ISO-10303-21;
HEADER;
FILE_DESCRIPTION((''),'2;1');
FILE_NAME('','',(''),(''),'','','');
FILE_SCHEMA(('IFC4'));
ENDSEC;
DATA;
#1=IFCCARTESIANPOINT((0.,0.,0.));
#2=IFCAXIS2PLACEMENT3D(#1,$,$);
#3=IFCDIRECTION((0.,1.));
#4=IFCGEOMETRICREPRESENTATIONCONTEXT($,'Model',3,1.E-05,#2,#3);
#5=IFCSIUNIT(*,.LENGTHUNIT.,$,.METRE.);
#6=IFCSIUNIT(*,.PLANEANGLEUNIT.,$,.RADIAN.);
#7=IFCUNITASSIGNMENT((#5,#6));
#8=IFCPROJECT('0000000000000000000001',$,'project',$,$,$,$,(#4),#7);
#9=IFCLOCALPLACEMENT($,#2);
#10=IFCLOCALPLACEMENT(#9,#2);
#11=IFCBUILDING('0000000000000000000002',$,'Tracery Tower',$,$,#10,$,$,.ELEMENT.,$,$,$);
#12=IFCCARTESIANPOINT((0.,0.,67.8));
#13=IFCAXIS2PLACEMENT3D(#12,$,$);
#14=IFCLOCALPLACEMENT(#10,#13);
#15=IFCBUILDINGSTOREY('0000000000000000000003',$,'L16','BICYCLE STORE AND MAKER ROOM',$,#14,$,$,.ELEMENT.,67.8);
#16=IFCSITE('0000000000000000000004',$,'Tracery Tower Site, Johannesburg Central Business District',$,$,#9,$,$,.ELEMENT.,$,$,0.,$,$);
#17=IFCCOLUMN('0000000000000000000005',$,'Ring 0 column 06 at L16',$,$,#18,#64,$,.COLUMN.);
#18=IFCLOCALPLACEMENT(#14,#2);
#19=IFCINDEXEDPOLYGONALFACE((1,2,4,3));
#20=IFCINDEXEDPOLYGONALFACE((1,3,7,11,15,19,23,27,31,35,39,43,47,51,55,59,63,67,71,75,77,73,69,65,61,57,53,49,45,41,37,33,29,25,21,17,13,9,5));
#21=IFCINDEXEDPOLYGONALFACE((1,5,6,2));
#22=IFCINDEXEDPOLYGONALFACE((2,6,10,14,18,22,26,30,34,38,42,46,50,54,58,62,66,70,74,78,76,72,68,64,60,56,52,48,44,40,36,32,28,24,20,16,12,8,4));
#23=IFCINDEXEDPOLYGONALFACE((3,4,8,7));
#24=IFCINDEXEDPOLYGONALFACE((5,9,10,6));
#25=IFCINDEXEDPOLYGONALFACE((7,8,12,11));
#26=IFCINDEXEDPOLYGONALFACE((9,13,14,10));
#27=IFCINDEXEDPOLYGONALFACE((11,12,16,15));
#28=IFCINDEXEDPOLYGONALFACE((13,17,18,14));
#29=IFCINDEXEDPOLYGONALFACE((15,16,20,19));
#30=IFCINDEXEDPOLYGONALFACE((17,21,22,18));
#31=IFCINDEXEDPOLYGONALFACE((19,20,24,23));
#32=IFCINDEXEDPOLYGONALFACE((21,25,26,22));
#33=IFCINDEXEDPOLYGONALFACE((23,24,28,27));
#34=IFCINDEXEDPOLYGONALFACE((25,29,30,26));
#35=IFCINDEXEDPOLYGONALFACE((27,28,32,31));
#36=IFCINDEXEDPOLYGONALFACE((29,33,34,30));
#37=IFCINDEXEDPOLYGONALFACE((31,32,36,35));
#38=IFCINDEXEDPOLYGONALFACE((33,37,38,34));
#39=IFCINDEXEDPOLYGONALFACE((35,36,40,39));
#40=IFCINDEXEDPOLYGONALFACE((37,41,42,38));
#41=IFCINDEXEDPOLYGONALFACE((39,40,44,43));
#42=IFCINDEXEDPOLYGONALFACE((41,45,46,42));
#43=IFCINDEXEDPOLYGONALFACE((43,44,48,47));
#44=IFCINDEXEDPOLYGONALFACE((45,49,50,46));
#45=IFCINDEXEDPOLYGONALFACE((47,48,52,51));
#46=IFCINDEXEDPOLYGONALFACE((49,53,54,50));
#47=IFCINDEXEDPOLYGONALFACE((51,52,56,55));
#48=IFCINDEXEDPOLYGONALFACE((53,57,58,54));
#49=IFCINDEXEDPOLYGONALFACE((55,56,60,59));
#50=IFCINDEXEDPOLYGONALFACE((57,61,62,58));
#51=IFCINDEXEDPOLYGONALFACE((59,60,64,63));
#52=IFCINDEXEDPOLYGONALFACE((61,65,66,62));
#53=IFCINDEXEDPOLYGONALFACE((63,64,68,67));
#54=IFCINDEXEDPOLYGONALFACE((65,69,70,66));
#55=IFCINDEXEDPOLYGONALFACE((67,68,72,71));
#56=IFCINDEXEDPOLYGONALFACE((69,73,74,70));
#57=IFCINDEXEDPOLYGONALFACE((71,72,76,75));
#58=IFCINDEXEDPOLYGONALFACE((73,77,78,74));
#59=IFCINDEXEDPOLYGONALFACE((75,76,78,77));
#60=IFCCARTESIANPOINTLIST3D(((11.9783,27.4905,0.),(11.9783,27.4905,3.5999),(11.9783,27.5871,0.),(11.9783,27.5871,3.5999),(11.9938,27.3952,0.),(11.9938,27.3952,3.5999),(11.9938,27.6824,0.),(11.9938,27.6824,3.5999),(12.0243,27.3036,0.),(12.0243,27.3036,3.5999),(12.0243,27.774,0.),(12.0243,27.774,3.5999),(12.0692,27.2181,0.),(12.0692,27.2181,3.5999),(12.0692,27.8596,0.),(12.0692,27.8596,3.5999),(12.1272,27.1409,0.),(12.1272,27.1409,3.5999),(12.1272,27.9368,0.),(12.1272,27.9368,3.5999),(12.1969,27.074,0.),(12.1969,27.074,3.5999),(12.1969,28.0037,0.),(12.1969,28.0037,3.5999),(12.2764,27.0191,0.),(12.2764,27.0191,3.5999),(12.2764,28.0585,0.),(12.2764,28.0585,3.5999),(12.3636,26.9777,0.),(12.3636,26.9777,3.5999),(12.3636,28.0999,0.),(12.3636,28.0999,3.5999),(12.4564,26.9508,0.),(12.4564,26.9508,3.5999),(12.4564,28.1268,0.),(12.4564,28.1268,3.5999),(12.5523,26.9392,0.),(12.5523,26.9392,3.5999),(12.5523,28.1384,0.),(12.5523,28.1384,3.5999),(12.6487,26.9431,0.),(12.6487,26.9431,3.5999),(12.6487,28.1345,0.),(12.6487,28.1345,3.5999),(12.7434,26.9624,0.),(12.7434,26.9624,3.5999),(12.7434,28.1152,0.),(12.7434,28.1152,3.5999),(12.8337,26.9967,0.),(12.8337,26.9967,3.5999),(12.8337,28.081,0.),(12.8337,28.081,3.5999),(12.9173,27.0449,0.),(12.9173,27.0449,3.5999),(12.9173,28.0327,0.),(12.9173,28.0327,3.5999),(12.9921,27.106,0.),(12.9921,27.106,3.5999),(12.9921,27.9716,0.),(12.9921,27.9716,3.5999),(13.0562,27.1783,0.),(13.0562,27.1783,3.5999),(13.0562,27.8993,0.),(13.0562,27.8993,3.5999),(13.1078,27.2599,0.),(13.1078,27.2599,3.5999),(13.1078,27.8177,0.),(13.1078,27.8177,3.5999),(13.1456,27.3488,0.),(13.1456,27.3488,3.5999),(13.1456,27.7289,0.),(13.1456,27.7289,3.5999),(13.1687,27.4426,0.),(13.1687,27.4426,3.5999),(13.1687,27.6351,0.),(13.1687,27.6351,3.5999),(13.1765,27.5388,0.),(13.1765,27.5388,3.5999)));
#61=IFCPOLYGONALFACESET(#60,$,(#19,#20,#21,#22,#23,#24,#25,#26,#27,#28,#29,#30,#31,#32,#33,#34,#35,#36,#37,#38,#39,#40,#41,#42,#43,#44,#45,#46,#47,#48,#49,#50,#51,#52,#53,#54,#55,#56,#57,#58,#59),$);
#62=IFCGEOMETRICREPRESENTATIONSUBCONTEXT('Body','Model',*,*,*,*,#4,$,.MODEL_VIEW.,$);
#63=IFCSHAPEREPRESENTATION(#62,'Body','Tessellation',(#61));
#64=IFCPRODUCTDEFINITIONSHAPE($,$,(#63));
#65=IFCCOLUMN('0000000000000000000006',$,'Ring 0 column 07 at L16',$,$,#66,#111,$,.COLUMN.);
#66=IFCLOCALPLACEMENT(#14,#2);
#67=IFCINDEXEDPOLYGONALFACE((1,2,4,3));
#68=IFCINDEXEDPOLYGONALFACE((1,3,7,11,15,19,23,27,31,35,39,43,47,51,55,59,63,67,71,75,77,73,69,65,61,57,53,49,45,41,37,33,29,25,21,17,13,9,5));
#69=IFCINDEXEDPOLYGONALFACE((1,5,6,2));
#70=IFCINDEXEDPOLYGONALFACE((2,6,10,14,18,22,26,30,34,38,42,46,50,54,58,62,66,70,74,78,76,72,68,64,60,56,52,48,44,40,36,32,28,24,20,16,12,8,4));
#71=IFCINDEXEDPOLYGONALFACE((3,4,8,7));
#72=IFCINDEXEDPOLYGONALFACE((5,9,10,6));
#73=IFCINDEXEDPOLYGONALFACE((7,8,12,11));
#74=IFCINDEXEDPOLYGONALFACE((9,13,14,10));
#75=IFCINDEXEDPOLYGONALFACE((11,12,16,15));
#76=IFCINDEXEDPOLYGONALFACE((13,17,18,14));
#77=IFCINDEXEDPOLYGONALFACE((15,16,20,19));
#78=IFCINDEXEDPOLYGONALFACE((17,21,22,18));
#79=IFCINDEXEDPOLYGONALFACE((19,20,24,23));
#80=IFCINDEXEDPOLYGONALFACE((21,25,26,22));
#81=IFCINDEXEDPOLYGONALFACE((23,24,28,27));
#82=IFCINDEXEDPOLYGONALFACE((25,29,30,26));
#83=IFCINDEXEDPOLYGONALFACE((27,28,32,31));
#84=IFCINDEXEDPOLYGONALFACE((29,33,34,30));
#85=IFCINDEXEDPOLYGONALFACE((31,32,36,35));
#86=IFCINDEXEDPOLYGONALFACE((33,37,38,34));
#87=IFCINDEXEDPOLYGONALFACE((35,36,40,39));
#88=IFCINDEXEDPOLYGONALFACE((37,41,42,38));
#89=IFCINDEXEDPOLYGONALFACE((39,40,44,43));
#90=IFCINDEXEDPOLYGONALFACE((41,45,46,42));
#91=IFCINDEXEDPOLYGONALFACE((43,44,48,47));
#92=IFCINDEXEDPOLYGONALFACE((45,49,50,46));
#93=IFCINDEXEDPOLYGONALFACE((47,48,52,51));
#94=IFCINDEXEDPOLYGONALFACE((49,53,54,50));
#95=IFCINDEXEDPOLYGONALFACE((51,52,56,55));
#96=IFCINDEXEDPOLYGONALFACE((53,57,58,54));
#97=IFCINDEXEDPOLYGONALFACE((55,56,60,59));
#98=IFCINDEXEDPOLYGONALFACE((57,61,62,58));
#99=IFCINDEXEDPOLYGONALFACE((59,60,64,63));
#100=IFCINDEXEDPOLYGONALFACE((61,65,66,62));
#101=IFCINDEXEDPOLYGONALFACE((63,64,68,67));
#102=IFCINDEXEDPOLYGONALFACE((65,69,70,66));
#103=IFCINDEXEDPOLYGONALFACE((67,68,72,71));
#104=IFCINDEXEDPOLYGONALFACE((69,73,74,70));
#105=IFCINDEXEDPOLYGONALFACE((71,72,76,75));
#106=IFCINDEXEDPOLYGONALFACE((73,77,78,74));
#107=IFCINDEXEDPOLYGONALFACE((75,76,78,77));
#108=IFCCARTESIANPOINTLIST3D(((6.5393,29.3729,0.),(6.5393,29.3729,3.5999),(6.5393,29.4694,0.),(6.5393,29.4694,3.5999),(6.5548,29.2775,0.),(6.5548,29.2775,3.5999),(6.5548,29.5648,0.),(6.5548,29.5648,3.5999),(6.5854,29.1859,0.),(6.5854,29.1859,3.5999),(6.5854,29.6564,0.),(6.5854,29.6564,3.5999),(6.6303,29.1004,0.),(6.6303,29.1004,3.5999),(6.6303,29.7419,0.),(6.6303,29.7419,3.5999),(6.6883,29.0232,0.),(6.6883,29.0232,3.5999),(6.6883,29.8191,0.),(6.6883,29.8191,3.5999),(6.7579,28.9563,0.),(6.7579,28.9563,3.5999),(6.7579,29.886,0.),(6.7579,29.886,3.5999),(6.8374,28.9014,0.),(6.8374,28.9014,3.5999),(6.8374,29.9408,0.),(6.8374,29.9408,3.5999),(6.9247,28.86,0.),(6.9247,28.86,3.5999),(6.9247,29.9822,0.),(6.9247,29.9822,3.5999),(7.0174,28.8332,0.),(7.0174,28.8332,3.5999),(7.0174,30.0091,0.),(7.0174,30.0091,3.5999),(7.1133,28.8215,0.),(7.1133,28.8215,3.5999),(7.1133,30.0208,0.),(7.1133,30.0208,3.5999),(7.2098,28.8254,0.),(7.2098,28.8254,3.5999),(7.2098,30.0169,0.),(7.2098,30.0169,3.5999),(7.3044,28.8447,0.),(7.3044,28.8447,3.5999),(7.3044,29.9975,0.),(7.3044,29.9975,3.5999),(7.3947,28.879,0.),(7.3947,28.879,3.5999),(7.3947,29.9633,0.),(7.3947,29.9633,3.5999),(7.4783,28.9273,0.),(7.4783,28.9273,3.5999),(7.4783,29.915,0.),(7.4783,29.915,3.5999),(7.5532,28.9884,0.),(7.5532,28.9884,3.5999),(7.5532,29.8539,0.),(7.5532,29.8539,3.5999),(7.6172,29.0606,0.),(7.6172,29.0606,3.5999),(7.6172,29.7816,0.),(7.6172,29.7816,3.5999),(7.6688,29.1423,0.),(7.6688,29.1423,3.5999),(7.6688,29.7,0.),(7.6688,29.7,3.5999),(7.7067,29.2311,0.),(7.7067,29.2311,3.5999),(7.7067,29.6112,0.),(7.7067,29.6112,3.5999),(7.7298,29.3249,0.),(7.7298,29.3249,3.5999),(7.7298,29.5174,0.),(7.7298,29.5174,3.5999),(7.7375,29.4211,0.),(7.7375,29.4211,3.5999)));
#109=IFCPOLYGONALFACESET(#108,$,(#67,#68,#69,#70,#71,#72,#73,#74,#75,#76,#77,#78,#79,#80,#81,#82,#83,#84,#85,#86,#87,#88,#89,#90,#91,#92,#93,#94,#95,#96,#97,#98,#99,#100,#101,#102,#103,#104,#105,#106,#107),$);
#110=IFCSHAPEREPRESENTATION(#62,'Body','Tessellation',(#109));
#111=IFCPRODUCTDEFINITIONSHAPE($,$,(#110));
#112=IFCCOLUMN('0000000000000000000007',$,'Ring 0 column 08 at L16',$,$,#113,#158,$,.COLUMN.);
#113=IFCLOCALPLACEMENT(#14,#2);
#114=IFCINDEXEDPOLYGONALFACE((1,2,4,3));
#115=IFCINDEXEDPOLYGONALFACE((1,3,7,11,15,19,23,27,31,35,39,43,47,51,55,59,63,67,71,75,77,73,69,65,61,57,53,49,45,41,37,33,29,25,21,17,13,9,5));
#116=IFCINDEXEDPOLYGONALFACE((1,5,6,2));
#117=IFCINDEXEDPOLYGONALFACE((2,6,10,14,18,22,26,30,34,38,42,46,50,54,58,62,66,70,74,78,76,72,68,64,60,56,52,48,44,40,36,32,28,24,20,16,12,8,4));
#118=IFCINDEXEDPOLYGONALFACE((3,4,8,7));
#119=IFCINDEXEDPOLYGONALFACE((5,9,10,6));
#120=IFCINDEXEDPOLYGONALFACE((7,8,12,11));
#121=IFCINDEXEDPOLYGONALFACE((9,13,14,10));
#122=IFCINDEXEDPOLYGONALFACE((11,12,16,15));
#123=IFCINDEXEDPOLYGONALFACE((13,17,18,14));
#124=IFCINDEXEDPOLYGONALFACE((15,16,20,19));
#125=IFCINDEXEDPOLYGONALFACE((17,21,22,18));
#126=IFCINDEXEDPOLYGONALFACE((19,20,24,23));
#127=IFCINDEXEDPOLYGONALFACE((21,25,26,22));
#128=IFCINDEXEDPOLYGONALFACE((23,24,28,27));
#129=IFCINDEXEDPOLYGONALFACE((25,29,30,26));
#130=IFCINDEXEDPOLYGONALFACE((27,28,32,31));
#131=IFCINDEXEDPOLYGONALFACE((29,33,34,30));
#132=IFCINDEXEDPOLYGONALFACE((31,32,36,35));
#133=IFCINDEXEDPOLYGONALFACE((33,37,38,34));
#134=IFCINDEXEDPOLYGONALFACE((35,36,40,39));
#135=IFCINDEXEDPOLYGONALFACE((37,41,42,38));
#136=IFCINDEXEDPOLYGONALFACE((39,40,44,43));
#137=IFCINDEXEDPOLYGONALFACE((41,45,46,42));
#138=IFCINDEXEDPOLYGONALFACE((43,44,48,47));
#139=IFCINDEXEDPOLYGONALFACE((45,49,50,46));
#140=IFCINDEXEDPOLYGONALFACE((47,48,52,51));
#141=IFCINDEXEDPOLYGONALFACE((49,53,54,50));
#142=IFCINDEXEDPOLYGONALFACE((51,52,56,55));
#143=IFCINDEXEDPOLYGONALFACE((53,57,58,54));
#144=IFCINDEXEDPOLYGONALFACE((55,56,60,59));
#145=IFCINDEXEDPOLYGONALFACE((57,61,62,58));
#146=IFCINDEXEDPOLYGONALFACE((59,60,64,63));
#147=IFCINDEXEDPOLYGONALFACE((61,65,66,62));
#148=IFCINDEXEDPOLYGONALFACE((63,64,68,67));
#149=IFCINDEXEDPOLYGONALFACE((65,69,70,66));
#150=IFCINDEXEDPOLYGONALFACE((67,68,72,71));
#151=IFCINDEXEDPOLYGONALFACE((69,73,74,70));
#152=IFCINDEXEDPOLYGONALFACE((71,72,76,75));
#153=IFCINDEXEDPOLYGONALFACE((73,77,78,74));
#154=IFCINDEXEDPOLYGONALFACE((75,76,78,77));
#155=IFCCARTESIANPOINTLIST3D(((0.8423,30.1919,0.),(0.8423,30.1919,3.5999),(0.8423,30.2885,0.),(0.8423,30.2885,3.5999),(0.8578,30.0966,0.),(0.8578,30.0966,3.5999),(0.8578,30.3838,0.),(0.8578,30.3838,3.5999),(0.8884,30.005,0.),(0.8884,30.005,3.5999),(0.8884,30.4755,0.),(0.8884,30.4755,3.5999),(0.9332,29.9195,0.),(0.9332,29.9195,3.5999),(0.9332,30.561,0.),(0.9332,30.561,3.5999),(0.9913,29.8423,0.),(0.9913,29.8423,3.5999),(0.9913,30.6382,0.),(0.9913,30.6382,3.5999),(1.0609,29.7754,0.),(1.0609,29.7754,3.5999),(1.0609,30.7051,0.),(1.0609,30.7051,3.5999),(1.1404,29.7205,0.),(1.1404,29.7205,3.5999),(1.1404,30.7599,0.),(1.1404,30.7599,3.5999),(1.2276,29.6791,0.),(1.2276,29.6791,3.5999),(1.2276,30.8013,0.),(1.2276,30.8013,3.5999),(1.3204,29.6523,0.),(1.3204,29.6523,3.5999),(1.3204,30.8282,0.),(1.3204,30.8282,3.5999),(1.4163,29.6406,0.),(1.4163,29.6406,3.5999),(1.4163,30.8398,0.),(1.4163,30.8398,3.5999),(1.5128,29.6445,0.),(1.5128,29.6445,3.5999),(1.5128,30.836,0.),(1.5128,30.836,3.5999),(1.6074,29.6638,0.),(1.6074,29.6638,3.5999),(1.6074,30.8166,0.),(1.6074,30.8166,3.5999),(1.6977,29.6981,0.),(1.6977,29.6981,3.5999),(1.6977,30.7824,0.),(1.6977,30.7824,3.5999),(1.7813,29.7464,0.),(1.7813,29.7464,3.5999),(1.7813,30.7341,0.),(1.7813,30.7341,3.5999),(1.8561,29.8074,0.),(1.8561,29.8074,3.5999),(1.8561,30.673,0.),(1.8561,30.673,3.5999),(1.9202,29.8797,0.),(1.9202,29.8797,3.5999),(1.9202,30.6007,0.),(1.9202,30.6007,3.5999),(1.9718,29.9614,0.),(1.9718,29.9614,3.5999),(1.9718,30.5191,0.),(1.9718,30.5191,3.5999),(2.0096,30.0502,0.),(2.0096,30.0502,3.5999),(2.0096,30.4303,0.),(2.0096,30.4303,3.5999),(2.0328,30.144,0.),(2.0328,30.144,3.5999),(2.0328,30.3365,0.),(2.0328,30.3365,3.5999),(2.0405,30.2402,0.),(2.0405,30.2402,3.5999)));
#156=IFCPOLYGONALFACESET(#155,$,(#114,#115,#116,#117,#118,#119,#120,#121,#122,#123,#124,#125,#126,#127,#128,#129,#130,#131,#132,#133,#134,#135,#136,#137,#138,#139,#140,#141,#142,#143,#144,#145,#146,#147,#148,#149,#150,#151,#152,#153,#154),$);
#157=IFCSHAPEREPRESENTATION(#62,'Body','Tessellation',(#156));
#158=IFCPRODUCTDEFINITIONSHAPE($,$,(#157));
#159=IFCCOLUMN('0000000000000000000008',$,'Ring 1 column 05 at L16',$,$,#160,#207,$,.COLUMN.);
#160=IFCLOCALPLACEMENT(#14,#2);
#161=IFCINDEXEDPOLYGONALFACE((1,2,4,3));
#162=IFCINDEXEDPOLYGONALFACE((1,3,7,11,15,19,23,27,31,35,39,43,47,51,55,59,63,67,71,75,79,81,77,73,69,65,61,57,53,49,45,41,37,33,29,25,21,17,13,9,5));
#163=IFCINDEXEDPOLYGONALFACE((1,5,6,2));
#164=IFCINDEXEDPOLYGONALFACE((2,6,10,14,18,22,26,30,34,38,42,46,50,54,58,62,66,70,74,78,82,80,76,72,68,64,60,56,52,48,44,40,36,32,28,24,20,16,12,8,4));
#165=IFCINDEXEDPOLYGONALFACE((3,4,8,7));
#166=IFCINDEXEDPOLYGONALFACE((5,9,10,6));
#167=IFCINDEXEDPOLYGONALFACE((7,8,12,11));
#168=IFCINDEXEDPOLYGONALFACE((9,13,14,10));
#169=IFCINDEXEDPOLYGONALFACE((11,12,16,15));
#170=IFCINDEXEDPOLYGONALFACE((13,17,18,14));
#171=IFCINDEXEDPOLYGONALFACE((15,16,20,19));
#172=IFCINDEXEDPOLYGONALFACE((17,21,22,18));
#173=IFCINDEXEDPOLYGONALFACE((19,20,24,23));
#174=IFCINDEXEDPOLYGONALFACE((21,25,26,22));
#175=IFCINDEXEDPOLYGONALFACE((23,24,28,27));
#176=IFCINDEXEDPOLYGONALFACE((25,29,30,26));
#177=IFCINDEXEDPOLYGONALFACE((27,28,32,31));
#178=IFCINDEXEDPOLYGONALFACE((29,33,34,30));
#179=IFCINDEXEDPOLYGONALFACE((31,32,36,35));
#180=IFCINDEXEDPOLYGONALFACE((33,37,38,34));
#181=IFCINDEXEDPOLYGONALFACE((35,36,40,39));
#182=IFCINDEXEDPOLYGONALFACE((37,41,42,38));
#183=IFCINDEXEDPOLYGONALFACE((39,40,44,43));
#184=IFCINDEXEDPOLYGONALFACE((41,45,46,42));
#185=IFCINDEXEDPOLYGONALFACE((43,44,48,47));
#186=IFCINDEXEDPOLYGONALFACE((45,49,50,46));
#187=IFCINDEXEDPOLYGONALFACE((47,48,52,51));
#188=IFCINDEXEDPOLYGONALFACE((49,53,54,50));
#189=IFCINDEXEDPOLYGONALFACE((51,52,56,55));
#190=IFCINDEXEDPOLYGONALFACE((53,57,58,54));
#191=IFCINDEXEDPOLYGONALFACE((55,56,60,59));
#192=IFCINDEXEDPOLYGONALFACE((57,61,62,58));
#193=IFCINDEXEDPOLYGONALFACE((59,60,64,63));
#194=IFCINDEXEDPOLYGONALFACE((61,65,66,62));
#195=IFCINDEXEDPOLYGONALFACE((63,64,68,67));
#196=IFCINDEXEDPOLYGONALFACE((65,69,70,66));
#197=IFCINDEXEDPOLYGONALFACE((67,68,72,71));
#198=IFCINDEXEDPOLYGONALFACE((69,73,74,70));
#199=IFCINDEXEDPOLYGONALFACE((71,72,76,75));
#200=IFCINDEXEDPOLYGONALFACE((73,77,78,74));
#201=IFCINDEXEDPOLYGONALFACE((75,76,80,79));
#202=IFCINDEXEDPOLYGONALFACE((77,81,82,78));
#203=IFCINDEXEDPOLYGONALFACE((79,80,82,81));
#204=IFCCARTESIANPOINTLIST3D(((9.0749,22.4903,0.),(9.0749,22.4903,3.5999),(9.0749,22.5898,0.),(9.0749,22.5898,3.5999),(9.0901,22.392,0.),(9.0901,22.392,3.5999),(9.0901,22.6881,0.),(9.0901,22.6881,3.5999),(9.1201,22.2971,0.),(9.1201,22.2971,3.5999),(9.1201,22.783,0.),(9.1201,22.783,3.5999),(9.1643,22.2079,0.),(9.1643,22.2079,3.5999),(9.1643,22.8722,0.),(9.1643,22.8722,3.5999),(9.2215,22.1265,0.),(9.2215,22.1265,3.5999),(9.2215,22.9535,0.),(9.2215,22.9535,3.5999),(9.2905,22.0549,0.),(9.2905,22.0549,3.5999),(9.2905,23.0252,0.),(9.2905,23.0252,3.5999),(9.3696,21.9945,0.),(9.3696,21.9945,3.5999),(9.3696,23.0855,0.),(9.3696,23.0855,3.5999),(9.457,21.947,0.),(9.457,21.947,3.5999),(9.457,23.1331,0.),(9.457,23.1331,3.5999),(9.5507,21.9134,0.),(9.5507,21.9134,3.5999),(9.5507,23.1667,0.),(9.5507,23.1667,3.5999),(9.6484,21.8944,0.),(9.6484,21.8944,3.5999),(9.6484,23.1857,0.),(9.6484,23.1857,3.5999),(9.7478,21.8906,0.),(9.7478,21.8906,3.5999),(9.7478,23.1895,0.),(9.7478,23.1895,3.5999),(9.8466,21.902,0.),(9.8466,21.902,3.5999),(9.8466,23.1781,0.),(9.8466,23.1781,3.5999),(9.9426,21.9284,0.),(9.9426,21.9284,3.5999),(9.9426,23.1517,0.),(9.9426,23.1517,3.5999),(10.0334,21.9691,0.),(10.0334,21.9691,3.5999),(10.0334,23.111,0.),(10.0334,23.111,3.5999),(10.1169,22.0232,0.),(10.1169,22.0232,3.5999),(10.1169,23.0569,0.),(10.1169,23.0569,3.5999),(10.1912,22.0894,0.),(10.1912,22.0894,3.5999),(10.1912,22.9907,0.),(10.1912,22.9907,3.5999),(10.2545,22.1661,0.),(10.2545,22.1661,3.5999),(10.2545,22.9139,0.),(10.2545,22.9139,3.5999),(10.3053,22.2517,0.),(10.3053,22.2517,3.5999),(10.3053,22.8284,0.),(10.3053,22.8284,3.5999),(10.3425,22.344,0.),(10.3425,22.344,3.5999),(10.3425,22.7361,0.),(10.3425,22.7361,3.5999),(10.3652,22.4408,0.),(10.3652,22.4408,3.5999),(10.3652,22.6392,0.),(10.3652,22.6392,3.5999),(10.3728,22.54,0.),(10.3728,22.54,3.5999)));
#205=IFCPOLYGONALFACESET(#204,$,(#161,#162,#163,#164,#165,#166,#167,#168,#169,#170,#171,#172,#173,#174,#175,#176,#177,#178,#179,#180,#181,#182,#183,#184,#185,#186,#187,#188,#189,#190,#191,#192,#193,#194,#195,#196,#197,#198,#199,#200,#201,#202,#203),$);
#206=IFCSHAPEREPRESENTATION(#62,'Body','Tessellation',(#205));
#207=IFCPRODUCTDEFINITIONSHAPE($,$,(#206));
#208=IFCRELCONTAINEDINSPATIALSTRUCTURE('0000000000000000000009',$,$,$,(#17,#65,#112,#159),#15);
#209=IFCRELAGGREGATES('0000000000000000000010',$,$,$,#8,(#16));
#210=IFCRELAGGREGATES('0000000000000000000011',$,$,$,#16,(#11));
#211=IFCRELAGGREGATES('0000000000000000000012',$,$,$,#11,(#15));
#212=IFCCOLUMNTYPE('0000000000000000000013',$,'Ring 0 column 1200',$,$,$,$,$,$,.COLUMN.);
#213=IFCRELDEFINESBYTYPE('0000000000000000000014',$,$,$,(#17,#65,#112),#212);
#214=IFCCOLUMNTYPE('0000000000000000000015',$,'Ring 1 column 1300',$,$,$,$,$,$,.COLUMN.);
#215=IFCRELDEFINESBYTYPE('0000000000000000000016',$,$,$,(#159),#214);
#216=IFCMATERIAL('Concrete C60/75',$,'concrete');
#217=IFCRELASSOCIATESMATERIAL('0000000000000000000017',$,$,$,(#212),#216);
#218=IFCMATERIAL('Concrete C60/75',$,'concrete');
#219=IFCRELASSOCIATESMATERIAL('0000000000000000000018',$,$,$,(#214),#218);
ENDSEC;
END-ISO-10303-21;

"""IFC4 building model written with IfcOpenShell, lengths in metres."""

from ifc_helpers import new_model, si_unit, direction, frame, origin, origin_2d, place, context, subcontext, project, spatial, circle, extrude, material, material_profile, profile_set, type_object, element, save


model = new_model("IFC4")

# Units and contexts
model_context = context("Model", 3, precision=1e-05, world=origin(), true_north=direction((0.0, 1.0)))
body_context = subcontext(model_context, "Body", "Model", "MODEL_VIEW")
ifc_project = project(units=[si_unit("LENGTHUNIT", "METRE"), si_unit("PLANEANGLEUNIT", "RADIAN")], contexts=[model_context])

# Site, building, storey
site_placement = place(None, origin())
site = spatial("IfcSite", under=ifc_project, at=site_placement, Name="Tracery Tower Site, Johannesburg Central Business District", CompositionType="ELEMENT", RefElevation=0.0)
building_placement = place(site_placement, origin())
building = spatial("IfcBuilding", under=site, at=building_placement, Name="Tracery Tower", CompositionType="ELEMENT")
storey_placement = place(building_placement, frame((0.0, 0.0, 67.8)))
storey = spatial("IfcBuildingStorey", under=building, at=storey_placement, Name="L16", Description="BICYCLE STORE AND MAKER ROOM", CompositionType="ELEMENT", Elevation=67.8)

# Columns
ifc_material_1 = material(Name="Concrete C60/75", Category="concrete")
ifc_material_profile_1 = material_profile(ifc_material_1, circle(Radius=0.6001, at=origin_2d()), Name="RC D1200")
ifc_profile_set_1 = profile_set([ifc_material_profile_1], Name="Concrete C60/75")
column_type_1 = type_object("IfcColumnType", Name="Ring 0 column 1200", PredefinedType="COLUMN", material=ifc_profile_set_1)
for number, where, z_axis, x_axis, name in (
    (1, (12.5764, 27.5388, 0.0), (0.0, 0.0, 1.0), (1.0, 0.0, 0.0), "Ring 0 column 06 at L16"),
    (2, (7.1375, 29.4211, 0.0), (0.0, 0.0, 1.0), (1.0, 0.0, 0.0), "Ring 0 column 07 at L16"),
    (3, (1.4404, 30.2402, 0.0), (0.0, 0.0, 1.0), (1.0, 0.0, 0.0), "Ring 0 column 08 at L16"),
):
    element("IfcColumn", number, at=place(storey_placement, frame(where, z_axis=z_axis, x_axis=x_axis)), inside=storey, type_object=column_type_1, Name=name, PredefinedType="COLUMN", context=body_context, shape_type="SweptSolid", body=[
        extrude(circle(Radius=0.6001, at=origin_2d()), origin(), (0.0, 0.0, 1.0), 3.5999),
    ])
ifc_material_2 = material(Name="Concrete C60/75", Category="concrete")
ifc_material_profile_2 = material_profile(ifc_material_2, circle(Radius=0.6499, at=origin_2d()), Name="RC D1300")
ifc_profile_set_2 = profile_set([ifc_material_profile_2], Name="Concrete C60/75")
column_type_2 = type_object("IfcColumnType", Name="Ring 1 column 1300", PredefinedType="COLUMN", material=ifc_profile_set_2)
for number, where, z_axis, x_axis, name in (
    (4, (9.7229, 22.54, 0.0), (0.0, 0.0, 1.0), (1.0, 0.0, 0.0), "Ring 1 column 05 at L16"),
):
    element("IfcColumn", number, at=place(storey_placement, frame(where, z_axis=z_axis, x_axis=x_axis)), inside=storey, type_object=column_type_2, Name=name, PredefinedType="COLUMN", context=body_context, shape_type="SweptSolid", body=[
        extrude(circle(Radius=0.6499, at=origin_2d()), origin(), (0.0, 0.0, 1.0), 3.5999),
    ])

save(model, "model.ifc")
